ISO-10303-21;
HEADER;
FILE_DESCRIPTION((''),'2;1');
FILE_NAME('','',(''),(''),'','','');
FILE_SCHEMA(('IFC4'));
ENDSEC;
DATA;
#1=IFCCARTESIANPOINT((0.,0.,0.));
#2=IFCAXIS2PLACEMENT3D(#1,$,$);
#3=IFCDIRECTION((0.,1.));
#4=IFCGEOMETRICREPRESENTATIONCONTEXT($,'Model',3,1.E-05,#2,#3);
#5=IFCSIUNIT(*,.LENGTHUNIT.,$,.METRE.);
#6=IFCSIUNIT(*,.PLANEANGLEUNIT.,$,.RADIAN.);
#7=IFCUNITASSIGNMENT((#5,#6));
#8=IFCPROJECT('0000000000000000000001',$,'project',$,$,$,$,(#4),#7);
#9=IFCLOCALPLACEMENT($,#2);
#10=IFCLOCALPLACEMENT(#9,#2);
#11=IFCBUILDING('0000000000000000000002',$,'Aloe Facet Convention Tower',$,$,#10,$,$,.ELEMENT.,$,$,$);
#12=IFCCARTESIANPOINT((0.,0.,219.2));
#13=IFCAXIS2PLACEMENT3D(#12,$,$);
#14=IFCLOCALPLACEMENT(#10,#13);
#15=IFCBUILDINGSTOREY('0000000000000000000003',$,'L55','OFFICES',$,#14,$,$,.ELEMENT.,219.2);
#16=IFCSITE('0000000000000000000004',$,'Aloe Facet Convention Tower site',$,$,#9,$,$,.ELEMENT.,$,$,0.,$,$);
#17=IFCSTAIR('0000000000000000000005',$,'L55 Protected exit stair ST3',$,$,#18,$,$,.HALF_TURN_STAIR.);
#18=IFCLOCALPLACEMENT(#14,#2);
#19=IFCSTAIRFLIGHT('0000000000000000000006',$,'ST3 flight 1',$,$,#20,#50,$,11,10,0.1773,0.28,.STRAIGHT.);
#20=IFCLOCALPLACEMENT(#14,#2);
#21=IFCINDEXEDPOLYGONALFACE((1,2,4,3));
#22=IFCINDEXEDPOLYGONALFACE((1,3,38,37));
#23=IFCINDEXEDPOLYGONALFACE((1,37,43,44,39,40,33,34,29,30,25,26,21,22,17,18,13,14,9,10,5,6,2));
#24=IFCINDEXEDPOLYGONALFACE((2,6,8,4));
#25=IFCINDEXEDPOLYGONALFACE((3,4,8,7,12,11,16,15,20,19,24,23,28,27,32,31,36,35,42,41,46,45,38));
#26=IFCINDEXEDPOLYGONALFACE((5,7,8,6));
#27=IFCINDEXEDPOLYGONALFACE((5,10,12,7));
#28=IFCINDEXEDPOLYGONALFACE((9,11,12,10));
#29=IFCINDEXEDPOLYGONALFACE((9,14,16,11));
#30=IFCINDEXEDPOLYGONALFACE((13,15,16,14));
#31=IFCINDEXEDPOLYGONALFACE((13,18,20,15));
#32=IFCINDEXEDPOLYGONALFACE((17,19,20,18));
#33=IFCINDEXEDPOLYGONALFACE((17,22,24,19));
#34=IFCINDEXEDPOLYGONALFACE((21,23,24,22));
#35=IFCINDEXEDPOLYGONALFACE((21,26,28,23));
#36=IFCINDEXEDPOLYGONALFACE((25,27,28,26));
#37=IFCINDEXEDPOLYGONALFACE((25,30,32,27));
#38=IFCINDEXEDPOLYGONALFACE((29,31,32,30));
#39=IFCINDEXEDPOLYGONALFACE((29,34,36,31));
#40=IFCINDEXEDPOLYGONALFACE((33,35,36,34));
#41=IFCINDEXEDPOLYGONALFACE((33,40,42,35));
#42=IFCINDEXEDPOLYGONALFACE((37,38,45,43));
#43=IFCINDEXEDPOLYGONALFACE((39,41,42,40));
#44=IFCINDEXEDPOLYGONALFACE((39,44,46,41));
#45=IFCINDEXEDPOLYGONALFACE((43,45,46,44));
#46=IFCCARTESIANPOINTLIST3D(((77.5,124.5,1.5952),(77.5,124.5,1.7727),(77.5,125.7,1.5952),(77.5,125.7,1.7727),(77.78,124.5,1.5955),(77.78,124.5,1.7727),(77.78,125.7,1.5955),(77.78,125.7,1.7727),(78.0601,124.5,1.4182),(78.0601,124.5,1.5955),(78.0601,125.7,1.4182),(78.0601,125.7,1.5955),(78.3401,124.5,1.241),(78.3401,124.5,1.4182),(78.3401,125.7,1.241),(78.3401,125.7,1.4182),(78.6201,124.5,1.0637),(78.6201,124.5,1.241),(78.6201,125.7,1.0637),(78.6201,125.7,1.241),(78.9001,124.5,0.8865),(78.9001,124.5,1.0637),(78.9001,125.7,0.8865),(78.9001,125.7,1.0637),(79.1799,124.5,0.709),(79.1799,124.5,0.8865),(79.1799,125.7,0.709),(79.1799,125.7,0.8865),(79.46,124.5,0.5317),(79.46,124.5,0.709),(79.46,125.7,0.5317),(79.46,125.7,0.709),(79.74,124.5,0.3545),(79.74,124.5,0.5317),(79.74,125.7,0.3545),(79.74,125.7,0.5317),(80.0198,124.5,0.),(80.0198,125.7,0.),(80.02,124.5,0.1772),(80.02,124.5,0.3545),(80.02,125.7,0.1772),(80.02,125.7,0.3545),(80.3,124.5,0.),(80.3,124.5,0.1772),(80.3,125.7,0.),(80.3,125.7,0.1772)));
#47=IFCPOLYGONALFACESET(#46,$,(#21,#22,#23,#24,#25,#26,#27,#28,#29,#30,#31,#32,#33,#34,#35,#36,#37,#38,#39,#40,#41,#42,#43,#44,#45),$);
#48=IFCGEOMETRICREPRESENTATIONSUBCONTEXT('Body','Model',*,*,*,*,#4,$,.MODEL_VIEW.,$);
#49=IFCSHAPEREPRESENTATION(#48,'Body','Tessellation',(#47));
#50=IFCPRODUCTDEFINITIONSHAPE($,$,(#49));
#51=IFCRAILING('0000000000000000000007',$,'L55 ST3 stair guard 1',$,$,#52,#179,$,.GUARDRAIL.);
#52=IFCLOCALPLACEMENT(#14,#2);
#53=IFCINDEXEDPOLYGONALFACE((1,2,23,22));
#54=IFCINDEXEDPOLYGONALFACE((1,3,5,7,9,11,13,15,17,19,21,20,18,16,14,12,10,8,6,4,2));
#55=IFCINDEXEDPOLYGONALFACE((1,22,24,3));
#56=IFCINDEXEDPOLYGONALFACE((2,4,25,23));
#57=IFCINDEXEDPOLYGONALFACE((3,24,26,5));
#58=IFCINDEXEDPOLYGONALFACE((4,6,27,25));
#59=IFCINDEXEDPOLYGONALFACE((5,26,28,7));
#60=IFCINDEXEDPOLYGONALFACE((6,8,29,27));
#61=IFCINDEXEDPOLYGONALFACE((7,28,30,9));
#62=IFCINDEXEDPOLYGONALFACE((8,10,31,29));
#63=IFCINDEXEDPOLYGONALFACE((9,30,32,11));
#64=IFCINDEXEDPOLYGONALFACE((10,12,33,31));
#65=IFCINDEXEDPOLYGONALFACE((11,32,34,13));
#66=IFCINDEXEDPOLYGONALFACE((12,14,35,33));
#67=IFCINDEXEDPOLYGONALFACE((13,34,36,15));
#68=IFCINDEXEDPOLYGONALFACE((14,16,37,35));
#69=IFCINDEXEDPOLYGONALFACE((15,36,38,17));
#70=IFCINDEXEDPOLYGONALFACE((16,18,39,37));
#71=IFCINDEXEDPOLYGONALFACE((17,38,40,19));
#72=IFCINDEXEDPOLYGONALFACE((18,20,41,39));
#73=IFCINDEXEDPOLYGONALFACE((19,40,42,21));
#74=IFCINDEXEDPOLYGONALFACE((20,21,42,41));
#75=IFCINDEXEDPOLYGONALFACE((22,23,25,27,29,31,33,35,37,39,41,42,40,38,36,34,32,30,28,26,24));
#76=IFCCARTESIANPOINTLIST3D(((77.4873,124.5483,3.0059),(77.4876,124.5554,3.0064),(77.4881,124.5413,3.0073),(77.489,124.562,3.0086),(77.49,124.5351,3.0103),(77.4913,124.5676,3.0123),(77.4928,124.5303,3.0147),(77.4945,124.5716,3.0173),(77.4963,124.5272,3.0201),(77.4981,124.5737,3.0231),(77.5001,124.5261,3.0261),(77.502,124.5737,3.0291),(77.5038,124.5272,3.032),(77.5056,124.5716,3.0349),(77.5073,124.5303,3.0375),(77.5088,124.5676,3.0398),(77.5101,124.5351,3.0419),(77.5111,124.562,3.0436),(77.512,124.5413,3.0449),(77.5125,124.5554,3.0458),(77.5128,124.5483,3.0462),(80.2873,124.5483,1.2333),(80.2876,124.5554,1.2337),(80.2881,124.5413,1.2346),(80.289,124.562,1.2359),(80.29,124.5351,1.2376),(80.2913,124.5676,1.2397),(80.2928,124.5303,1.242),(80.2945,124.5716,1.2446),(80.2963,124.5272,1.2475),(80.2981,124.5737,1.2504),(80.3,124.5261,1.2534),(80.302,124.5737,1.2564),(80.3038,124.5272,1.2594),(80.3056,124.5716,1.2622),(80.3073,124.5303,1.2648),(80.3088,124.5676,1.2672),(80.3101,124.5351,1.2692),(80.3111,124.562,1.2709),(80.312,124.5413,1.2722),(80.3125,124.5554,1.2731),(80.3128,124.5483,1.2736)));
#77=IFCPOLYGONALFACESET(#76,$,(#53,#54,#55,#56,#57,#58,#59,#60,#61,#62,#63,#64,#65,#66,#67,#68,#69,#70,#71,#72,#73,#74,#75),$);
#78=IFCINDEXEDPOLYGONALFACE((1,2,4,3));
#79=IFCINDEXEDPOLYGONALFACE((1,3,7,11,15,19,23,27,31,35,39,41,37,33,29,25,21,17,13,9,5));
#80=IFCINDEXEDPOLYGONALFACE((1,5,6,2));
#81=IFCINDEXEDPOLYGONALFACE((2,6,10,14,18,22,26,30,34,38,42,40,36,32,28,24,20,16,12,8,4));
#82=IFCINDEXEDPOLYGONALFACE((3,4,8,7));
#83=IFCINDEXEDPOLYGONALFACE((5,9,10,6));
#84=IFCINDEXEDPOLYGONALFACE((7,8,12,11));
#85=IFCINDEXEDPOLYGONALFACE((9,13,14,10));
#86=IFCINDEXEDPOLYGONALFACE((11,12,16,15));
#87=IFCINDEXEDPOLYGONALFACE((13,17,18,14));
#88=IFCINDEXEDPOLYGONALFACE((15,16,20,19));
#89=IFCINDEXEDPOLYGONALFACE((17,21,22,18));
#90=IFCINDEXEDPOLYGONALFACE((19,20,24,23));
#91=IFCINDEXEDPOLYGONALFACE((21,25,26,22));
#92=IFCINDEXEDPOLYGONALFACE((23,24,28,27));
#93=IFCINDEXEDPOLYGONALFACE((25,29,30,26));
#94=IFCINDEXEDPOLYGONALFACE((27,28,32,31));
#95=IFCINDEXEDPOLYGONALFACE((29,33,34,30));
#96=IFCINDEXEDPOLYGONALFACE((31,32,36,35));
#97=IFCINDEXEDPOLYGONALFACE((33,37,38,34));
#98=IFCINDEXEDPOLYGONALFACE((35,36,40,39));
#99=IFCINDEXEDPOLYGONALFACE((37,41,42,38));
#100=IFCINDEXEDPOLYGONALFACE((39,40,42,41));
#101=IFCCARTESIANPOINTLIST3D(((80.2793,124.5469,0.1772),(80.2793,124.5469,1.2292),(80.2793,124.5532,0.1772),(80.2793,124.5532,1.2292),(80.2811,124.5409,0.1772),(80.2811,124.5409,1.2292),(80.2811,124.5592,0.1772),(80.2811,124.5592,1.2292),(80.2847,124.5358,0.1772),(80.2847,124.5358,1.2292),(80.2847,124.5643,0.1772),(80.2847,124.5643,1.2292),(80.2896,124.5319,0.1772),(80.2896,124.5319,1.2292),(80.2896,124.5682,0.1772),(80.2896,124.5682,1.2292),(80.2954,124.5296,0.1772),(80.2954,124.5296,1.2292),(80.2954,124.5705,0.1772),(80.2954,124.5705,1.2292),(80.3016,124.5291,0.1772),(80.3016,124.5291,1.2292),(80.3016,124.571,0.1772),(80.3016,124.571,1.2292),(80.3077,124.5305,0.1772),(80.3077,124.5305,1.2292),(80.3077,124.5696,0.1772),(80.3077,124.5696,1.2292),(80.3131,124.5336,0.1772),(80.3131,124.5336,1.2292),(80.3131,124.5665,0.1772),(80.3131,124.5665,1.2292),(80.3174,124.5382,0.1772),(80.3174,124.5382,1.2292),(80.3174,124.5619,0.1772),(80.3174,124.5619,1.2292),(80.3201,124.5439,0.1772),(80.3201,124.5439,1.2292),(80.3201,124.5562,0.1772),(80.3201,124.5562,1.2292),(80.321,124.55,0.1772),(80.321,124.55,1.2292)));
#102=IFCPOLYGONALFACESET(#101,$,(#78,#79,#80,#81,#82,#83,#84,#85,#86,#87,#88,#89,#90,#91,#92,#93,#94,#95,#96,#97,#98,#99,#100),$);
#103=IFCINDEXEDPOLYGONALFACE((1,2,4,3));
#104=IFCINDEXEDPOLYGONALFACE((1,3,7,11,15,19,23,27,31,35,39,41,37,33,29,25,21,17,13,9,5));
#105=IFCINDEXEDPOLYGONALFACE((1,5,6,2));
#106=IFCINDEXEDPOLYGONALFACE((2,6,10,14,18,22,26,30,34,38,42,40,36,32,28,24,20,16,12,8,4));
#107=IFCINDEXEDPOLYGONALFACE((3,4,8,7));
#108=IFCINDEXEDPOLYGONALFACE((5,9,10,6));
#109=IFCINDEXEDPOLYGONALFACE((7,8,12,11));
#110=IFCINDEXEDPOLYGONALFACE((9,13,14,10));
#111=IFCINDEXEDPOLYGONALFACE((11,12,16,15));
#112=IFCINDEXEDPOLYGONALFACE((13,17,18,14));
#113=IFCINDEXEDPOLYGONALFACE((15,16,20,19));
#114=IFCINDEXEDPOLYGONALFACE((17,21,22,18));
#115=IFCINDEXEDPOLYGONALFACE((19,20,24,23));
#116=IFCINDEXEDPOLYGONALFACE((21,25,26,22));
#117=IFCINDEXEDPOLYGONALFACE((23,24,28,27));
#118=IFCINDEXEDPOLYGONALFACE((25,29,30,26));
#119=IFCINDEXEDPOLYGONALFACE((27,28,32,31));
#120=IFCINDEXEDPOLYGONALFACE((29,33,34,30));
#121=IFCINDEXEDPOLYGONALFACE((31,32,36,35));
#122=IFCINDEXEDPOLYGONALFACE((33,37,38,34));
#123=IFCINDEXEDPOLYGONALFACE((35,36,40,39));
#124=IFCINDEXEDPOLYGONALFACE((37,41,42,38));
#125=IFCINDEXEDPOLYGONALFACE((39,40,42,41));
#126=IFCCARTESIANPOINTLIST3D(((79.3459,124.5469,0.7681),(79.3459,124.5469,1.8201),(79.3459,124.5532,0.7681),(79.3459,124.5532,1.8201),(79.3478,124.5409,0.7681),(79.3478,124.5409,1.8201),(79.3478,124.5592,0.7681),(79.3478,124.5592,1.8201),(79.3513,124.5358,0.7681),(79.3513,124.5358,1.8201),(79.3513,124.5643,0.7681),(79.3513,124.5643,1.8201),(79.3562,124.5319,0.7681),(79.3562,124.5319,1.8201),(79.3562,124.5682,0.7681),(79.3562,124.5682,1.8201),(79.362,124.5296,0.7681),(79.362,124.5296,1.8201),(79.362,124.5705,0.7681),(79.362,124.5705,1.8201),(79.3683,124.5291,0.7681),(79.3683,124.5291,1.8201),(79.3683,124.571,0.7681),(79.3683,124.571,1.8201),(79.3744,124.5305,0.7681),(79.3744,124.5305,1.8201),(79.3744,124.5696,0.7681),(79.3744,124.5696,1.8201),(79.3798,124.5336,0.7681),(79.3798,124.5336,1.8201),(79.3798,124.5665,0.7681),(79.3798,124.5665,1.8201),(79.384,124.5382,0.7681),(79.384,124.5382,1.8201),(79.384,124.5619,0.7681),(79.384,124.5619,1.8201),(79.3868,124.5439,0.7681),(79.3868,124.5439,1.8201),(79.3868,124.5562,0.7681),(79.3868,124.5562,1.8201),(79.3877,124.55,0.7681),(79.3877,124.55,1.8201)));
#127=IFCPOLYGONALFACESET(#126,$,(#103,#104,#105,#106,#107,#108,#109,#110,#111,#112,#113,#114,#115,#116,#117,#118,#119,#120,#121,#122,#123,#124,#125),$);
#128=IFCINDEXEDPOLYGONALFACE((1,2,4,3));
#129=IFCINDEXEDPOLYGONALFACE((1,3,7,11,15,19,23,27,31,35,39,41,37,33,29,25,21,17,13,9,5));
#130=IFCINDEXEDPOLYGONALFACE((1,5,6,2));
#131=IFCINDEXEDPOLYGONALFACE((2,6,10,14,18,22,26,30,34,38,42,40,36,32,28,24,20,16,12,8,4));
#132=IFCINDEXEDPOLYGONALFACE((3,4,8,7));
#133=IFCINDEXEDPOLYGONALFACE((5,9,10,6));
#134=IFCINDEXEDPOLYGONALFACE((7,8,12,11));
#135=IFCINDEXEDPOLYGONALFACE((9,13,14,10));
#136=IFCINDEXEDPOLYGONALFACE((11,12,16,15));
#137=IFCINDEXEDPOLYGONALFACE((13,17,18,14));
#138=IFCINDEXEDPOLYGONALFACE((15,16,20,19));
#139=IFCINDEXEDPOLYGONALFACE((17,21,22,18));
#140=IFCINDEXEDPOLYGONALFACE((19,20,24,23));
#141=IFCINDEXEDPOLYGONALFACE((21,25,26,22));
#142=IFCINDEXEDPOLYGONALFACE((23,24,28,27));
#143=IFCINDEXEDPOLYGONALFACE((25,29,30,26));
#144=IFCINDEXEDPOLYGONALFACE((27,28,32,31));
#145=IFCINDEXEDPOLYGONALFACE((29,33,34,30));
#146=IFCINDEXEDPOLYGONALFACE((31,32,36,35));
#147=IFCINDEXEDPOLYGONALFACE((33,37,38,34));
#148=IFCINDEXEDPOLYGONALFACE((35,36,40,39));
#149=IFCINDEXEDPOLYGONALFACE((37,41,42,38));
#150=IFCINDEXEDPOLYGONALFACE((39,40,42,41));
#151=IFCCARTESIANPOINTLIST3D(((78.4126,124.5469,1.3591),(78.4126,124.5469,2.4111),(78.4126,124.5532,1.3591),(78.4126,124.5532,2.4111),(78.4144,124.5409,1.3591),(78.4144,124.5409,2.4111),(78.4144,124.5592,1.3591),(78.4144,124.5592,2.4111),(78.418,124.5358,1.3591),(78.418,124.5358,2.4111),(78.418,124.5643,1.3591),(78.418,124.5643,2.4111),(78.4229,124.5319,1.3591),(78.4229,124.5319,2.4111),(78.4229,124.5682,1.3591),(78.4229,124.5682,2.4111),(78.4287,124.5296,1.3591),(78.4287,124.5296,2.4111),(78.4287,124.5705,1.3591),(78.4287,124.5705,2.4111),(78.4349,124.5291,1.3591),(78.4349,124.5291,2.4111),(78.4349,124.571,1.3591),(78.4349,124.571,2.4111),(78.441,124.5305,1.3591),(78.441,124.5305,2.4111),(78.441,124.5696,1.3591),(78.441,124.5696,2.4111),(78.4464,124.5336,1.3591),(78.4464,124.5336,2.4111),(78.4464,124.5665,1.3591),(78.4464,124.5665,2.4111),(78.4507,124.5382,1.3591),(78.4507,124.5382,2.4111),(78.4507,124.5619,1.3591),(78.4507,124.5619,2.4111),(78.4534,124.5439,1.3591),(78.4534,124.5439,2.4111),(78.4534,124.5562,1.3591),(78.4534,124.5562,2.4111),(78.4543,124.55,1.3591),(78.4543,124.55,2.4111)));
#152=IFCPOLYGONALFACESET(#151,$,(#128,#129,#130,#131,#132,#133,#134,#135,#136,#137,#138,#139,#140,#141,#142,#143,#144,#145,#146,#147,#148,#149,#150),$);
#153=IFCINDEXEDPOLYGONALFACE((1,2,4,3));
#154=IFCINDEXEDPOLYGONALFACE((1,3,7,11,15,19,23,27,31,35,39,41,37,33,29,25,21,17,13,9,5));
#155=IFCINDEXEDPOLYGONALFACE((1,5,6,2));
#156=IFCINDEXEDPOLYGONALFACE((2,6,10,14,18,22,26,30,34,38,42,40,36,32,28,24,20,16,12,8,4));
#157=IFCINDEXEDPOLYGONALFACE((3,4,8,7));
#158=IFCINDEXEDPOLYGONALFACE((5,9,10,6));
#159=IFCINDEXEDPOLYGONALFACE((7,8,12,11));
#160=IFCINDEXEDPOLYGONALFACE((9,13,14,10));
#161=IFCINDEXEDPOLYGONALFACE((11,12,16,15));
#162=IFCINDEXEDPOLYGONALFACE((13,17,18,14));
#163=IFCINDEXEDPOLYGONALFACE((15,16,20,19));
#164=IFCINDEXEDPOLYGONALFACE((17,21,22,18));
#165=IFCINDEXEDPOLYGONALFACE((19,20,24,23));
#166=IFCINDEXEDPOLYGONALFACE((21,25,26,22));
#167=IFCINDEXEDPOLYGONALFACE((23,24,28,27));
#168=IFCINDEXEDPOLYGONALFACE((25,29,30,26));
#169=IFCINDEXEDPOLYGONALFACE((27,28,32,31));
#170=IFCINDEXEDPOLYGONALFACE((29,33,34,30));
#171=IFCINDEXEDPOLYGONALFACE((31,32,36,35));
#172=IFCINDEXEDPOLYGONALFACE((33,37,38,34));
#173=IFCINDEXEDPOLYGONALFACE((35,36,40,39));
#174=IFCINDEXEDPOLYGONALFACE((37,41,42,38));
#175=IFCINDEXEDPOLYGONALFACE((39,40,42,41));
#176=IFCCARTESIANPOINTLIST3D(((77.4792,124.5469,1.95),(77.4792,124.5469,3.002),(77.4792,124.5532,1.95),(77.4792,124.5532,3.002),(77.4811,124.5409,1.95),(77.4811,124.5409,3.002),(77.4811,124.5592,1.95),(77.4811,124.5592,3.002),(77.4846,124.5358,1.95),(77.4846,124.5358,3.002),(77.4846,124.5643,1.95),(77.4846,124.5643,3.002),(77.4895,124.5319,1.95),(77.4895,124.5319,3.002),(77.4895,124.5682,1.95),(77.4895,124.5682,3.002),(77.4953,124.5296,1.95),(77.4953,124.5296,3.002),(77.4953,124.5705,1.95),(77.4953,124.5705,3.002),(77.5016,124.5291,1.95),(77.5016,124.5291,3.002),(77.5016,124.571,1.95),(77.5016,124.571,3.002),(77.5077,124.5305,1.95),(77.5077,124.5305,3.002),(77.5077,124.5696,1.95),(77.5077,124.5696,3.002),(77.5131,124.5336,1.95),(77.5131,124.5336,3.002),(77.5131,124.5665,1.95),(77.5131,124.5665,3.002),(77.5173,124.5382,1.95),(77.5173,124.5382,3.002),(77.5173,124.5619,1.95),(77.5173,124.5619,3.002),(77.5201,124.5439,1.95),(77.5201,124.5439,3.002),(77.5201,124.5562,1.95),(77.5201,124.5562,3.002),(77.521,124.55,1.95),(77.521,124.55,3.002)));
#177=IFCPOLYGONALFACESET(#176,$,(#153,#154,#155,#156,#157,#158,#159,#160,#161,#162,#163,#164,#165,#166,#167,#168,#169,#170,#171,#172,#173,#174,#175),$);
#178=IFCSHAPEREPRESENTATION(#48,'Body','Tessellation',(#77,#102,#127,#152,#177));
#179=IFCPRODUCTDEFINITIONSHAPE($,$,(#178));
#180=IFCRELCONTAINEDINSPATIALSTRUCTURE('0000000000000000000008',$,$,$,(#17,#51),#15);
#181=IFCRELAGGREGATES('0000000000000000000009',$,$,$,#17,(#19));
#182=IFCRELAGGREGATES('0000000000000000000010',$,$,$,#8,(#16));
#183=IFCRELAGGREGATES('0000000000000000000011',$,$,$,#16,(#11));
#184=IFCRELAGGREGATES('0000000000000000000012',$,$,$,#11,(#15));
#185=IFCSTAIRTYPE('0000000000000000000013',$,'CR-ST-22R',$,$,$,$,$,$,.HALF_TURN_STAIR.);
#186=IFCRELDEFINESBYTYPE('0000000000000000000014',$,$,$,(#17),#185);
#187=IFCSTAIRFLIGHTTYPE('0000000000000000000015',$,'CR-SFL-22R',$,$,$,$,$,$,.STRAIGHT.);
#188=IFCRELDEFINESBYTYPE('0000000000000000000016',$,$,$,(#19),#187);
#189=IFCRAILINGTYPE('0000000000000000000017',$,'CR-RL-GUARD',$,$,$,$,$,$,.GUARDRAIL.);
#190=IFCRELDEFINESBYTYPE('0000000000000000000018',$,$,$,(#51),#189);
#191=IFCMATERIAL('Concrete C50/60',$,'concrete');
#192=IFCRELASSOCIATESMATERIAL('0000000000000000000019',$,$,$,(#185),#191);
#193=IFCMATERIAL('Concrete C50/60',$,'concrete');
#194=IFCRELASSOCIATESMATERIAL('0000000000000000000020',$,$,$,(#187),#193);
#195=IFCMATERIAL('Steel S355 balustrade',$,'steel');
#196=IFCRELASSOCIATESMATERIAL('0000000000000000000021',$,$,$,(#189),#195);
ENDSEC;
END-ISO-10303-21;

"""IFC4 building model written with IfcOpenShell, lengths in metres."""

from ifc_helpers import new_model, si_unit, direction, frame, origin, origin_2d, place, context, subcontext, project, spatial, polyline, circle, outline, extrude, material, type_object, element, aggregate, save


model = new_model("IFC4")

# Units and contexts
model_context = context("Model", 3, precision=1e-05, world=origin(), true_north=direction((0.0, 1.0)))
body_context = subcontext(model_context, "Body", "Model", "MODEL_VIEW")
ifc_project = project(units=[si_unit("LENGTHUNIT", "METRE"), si_unit("PLANEANGLEUNIT", "RADIAN")], contexts=[model_context])

# Site, building, storey
site_placement = place(None, origin())
site = spatial("IfcSite", under=ifc_project, at=site_placement, Name="Aloe Facet Convention Tower site", CompositionType="ELEMENT", RefElevation=0.0)
building_placement = place(site_placement, origin())
building = spatial("IfcBuilding", under=site, at=building_placement, Name="Aloe Facet Convention Tower", CompositionType="ELEMENT")
storey_placement = place(building_placement, frame((0.0, 0.0, 219.2)))
storey = spatial("IfcBuildingStorey", under=building, at=storey_placement, Name="L55", Description="OFFICES", CompositionType="ELEMENT", Elevation=219.2)

# Stair, stair flight
ifc_material_1 = material(Name="Concrete C50/60", Category="concrete")
stair_type = type_object("IfcStairType", Name="CR-ST-22R", PredefinedType="HALF_TURN_STAIR", material=ifc_material_1)
stair_placement = place(storey_placement, origin())
stair = element("IfcStair", 1, at=stair_placement, inside=storey, type_object=stair_type, Name="L55 Protected exit stair ST3", PredefinedType="HALF_TURN_STAIR")
ifc_material_2 = material(Name="Concrete C50/60", Category="concrete")
stair_flight_type = type_object("IfcStairFlightType", Name="CR-SFL-22R", PredefinedType="STRAIGHT", material=ifc_material_2)
stair_flight_placement = place(storey_placement, frame((80.3, 125.1001, 0.0), z_axis=(0.0, 0.0, 1.0), x_axis=(-1.0, 0.0, 0.0)))
stair_flight = element("IfcStairFlight", 2, at=stair_flight_placement, type_object=stair_flight_type, Name="ST3 flight 1", NumberOfRisers=11, NumberOfTreads=10, PredefinedType="STRAIGHT", RiserHeight=0.1773, TreadLength=0.28, context=body_context, shape_type="SweptSolid", body=[
    extrude(outline(polyline([(0.0, 0.0), (0.0, 0.1772), (0.28, 0.1772), (0.28, 0.3545), (0.5601, 0.3545), (0.5601, 0.5317), (0.8401, 0.5317), (0.8401, 0.709), (1.1201, 0.709), (1.1201, 0.8865), (1.3999, 0.8865), (1.3999, 1.0637), (1.6799, 1.0637), (1.6799, 1.241), (1.96, 1.241), (1.96, 1.4182), (2.24, 1.4182), (2.24, 1.5955), (2.52, 1.5955), (2.52, 1.7727), (2.8, 1.7727), (2.8, 1.95), (2.8, 1.5952), (0.2803, 0.0), (0.0, 0.0)])), frame((0.0, 0.6001, 0.0), z_axis=(0.0, -1.0, 0.0), x_axis=(1.0, 0.0, 0.0)), (0.0, 0.0, 1.0), 1.2),
])
aggregate(stair, [stair_flight])

# Railing
ifc_material_3 = material(Name="Steel S355 balustrade", Category="steel")
railing_type_1 = type_object("IfcRailingType", Name="CR-RL-GUARD", PredefinedType="GUARDRAIL", material=ifc_material_3)
railing_1_placement = place(storey_placement, frame((80.3, 124.55, 0.1772)))
element("IfcRailing", 3, at=railing_1_placement, inside=storey, type_object=railing_type_1, Name="L55 ST3 stair guard 1", PredefinedType="GUARDRAIL", context=body_context, shape_type="SweptSolid", body=[
    extrude(circle(Radius=0.0239, at=origin_2d()), frame((0.0, 0.0, 1.0762), z_axis=(-0.844909, 0.0, 0.53491), x_axis=(0.0, -1.0, 0.0)), (0.0, 0.0, 1.0), 3.314),
    extrude(circle(Radius=0.021, at=origin_2d()), origin(), (0.0, 0.0, 1.0), 1.052),
    extrude(circle(Radius=0.021, at=origin_2d()), frame((-0.9333, 0.0, 0.5908)), (0.0, 0.0, 1.0), 1.052),
    extrude(circle(Radius=0.021, at=origin_2d()), frame((-1.8667, 0.0, 1.1819)), (0.0, 0.0, 1.0), 1.052),
    extrude(circle(Radius=0.021, at=origin_2d()), frame((-2.8, 0.0, 1.7727)), (0.0, 0.0, 1.0), 1.052),
])

save(model, "model.ifc")
